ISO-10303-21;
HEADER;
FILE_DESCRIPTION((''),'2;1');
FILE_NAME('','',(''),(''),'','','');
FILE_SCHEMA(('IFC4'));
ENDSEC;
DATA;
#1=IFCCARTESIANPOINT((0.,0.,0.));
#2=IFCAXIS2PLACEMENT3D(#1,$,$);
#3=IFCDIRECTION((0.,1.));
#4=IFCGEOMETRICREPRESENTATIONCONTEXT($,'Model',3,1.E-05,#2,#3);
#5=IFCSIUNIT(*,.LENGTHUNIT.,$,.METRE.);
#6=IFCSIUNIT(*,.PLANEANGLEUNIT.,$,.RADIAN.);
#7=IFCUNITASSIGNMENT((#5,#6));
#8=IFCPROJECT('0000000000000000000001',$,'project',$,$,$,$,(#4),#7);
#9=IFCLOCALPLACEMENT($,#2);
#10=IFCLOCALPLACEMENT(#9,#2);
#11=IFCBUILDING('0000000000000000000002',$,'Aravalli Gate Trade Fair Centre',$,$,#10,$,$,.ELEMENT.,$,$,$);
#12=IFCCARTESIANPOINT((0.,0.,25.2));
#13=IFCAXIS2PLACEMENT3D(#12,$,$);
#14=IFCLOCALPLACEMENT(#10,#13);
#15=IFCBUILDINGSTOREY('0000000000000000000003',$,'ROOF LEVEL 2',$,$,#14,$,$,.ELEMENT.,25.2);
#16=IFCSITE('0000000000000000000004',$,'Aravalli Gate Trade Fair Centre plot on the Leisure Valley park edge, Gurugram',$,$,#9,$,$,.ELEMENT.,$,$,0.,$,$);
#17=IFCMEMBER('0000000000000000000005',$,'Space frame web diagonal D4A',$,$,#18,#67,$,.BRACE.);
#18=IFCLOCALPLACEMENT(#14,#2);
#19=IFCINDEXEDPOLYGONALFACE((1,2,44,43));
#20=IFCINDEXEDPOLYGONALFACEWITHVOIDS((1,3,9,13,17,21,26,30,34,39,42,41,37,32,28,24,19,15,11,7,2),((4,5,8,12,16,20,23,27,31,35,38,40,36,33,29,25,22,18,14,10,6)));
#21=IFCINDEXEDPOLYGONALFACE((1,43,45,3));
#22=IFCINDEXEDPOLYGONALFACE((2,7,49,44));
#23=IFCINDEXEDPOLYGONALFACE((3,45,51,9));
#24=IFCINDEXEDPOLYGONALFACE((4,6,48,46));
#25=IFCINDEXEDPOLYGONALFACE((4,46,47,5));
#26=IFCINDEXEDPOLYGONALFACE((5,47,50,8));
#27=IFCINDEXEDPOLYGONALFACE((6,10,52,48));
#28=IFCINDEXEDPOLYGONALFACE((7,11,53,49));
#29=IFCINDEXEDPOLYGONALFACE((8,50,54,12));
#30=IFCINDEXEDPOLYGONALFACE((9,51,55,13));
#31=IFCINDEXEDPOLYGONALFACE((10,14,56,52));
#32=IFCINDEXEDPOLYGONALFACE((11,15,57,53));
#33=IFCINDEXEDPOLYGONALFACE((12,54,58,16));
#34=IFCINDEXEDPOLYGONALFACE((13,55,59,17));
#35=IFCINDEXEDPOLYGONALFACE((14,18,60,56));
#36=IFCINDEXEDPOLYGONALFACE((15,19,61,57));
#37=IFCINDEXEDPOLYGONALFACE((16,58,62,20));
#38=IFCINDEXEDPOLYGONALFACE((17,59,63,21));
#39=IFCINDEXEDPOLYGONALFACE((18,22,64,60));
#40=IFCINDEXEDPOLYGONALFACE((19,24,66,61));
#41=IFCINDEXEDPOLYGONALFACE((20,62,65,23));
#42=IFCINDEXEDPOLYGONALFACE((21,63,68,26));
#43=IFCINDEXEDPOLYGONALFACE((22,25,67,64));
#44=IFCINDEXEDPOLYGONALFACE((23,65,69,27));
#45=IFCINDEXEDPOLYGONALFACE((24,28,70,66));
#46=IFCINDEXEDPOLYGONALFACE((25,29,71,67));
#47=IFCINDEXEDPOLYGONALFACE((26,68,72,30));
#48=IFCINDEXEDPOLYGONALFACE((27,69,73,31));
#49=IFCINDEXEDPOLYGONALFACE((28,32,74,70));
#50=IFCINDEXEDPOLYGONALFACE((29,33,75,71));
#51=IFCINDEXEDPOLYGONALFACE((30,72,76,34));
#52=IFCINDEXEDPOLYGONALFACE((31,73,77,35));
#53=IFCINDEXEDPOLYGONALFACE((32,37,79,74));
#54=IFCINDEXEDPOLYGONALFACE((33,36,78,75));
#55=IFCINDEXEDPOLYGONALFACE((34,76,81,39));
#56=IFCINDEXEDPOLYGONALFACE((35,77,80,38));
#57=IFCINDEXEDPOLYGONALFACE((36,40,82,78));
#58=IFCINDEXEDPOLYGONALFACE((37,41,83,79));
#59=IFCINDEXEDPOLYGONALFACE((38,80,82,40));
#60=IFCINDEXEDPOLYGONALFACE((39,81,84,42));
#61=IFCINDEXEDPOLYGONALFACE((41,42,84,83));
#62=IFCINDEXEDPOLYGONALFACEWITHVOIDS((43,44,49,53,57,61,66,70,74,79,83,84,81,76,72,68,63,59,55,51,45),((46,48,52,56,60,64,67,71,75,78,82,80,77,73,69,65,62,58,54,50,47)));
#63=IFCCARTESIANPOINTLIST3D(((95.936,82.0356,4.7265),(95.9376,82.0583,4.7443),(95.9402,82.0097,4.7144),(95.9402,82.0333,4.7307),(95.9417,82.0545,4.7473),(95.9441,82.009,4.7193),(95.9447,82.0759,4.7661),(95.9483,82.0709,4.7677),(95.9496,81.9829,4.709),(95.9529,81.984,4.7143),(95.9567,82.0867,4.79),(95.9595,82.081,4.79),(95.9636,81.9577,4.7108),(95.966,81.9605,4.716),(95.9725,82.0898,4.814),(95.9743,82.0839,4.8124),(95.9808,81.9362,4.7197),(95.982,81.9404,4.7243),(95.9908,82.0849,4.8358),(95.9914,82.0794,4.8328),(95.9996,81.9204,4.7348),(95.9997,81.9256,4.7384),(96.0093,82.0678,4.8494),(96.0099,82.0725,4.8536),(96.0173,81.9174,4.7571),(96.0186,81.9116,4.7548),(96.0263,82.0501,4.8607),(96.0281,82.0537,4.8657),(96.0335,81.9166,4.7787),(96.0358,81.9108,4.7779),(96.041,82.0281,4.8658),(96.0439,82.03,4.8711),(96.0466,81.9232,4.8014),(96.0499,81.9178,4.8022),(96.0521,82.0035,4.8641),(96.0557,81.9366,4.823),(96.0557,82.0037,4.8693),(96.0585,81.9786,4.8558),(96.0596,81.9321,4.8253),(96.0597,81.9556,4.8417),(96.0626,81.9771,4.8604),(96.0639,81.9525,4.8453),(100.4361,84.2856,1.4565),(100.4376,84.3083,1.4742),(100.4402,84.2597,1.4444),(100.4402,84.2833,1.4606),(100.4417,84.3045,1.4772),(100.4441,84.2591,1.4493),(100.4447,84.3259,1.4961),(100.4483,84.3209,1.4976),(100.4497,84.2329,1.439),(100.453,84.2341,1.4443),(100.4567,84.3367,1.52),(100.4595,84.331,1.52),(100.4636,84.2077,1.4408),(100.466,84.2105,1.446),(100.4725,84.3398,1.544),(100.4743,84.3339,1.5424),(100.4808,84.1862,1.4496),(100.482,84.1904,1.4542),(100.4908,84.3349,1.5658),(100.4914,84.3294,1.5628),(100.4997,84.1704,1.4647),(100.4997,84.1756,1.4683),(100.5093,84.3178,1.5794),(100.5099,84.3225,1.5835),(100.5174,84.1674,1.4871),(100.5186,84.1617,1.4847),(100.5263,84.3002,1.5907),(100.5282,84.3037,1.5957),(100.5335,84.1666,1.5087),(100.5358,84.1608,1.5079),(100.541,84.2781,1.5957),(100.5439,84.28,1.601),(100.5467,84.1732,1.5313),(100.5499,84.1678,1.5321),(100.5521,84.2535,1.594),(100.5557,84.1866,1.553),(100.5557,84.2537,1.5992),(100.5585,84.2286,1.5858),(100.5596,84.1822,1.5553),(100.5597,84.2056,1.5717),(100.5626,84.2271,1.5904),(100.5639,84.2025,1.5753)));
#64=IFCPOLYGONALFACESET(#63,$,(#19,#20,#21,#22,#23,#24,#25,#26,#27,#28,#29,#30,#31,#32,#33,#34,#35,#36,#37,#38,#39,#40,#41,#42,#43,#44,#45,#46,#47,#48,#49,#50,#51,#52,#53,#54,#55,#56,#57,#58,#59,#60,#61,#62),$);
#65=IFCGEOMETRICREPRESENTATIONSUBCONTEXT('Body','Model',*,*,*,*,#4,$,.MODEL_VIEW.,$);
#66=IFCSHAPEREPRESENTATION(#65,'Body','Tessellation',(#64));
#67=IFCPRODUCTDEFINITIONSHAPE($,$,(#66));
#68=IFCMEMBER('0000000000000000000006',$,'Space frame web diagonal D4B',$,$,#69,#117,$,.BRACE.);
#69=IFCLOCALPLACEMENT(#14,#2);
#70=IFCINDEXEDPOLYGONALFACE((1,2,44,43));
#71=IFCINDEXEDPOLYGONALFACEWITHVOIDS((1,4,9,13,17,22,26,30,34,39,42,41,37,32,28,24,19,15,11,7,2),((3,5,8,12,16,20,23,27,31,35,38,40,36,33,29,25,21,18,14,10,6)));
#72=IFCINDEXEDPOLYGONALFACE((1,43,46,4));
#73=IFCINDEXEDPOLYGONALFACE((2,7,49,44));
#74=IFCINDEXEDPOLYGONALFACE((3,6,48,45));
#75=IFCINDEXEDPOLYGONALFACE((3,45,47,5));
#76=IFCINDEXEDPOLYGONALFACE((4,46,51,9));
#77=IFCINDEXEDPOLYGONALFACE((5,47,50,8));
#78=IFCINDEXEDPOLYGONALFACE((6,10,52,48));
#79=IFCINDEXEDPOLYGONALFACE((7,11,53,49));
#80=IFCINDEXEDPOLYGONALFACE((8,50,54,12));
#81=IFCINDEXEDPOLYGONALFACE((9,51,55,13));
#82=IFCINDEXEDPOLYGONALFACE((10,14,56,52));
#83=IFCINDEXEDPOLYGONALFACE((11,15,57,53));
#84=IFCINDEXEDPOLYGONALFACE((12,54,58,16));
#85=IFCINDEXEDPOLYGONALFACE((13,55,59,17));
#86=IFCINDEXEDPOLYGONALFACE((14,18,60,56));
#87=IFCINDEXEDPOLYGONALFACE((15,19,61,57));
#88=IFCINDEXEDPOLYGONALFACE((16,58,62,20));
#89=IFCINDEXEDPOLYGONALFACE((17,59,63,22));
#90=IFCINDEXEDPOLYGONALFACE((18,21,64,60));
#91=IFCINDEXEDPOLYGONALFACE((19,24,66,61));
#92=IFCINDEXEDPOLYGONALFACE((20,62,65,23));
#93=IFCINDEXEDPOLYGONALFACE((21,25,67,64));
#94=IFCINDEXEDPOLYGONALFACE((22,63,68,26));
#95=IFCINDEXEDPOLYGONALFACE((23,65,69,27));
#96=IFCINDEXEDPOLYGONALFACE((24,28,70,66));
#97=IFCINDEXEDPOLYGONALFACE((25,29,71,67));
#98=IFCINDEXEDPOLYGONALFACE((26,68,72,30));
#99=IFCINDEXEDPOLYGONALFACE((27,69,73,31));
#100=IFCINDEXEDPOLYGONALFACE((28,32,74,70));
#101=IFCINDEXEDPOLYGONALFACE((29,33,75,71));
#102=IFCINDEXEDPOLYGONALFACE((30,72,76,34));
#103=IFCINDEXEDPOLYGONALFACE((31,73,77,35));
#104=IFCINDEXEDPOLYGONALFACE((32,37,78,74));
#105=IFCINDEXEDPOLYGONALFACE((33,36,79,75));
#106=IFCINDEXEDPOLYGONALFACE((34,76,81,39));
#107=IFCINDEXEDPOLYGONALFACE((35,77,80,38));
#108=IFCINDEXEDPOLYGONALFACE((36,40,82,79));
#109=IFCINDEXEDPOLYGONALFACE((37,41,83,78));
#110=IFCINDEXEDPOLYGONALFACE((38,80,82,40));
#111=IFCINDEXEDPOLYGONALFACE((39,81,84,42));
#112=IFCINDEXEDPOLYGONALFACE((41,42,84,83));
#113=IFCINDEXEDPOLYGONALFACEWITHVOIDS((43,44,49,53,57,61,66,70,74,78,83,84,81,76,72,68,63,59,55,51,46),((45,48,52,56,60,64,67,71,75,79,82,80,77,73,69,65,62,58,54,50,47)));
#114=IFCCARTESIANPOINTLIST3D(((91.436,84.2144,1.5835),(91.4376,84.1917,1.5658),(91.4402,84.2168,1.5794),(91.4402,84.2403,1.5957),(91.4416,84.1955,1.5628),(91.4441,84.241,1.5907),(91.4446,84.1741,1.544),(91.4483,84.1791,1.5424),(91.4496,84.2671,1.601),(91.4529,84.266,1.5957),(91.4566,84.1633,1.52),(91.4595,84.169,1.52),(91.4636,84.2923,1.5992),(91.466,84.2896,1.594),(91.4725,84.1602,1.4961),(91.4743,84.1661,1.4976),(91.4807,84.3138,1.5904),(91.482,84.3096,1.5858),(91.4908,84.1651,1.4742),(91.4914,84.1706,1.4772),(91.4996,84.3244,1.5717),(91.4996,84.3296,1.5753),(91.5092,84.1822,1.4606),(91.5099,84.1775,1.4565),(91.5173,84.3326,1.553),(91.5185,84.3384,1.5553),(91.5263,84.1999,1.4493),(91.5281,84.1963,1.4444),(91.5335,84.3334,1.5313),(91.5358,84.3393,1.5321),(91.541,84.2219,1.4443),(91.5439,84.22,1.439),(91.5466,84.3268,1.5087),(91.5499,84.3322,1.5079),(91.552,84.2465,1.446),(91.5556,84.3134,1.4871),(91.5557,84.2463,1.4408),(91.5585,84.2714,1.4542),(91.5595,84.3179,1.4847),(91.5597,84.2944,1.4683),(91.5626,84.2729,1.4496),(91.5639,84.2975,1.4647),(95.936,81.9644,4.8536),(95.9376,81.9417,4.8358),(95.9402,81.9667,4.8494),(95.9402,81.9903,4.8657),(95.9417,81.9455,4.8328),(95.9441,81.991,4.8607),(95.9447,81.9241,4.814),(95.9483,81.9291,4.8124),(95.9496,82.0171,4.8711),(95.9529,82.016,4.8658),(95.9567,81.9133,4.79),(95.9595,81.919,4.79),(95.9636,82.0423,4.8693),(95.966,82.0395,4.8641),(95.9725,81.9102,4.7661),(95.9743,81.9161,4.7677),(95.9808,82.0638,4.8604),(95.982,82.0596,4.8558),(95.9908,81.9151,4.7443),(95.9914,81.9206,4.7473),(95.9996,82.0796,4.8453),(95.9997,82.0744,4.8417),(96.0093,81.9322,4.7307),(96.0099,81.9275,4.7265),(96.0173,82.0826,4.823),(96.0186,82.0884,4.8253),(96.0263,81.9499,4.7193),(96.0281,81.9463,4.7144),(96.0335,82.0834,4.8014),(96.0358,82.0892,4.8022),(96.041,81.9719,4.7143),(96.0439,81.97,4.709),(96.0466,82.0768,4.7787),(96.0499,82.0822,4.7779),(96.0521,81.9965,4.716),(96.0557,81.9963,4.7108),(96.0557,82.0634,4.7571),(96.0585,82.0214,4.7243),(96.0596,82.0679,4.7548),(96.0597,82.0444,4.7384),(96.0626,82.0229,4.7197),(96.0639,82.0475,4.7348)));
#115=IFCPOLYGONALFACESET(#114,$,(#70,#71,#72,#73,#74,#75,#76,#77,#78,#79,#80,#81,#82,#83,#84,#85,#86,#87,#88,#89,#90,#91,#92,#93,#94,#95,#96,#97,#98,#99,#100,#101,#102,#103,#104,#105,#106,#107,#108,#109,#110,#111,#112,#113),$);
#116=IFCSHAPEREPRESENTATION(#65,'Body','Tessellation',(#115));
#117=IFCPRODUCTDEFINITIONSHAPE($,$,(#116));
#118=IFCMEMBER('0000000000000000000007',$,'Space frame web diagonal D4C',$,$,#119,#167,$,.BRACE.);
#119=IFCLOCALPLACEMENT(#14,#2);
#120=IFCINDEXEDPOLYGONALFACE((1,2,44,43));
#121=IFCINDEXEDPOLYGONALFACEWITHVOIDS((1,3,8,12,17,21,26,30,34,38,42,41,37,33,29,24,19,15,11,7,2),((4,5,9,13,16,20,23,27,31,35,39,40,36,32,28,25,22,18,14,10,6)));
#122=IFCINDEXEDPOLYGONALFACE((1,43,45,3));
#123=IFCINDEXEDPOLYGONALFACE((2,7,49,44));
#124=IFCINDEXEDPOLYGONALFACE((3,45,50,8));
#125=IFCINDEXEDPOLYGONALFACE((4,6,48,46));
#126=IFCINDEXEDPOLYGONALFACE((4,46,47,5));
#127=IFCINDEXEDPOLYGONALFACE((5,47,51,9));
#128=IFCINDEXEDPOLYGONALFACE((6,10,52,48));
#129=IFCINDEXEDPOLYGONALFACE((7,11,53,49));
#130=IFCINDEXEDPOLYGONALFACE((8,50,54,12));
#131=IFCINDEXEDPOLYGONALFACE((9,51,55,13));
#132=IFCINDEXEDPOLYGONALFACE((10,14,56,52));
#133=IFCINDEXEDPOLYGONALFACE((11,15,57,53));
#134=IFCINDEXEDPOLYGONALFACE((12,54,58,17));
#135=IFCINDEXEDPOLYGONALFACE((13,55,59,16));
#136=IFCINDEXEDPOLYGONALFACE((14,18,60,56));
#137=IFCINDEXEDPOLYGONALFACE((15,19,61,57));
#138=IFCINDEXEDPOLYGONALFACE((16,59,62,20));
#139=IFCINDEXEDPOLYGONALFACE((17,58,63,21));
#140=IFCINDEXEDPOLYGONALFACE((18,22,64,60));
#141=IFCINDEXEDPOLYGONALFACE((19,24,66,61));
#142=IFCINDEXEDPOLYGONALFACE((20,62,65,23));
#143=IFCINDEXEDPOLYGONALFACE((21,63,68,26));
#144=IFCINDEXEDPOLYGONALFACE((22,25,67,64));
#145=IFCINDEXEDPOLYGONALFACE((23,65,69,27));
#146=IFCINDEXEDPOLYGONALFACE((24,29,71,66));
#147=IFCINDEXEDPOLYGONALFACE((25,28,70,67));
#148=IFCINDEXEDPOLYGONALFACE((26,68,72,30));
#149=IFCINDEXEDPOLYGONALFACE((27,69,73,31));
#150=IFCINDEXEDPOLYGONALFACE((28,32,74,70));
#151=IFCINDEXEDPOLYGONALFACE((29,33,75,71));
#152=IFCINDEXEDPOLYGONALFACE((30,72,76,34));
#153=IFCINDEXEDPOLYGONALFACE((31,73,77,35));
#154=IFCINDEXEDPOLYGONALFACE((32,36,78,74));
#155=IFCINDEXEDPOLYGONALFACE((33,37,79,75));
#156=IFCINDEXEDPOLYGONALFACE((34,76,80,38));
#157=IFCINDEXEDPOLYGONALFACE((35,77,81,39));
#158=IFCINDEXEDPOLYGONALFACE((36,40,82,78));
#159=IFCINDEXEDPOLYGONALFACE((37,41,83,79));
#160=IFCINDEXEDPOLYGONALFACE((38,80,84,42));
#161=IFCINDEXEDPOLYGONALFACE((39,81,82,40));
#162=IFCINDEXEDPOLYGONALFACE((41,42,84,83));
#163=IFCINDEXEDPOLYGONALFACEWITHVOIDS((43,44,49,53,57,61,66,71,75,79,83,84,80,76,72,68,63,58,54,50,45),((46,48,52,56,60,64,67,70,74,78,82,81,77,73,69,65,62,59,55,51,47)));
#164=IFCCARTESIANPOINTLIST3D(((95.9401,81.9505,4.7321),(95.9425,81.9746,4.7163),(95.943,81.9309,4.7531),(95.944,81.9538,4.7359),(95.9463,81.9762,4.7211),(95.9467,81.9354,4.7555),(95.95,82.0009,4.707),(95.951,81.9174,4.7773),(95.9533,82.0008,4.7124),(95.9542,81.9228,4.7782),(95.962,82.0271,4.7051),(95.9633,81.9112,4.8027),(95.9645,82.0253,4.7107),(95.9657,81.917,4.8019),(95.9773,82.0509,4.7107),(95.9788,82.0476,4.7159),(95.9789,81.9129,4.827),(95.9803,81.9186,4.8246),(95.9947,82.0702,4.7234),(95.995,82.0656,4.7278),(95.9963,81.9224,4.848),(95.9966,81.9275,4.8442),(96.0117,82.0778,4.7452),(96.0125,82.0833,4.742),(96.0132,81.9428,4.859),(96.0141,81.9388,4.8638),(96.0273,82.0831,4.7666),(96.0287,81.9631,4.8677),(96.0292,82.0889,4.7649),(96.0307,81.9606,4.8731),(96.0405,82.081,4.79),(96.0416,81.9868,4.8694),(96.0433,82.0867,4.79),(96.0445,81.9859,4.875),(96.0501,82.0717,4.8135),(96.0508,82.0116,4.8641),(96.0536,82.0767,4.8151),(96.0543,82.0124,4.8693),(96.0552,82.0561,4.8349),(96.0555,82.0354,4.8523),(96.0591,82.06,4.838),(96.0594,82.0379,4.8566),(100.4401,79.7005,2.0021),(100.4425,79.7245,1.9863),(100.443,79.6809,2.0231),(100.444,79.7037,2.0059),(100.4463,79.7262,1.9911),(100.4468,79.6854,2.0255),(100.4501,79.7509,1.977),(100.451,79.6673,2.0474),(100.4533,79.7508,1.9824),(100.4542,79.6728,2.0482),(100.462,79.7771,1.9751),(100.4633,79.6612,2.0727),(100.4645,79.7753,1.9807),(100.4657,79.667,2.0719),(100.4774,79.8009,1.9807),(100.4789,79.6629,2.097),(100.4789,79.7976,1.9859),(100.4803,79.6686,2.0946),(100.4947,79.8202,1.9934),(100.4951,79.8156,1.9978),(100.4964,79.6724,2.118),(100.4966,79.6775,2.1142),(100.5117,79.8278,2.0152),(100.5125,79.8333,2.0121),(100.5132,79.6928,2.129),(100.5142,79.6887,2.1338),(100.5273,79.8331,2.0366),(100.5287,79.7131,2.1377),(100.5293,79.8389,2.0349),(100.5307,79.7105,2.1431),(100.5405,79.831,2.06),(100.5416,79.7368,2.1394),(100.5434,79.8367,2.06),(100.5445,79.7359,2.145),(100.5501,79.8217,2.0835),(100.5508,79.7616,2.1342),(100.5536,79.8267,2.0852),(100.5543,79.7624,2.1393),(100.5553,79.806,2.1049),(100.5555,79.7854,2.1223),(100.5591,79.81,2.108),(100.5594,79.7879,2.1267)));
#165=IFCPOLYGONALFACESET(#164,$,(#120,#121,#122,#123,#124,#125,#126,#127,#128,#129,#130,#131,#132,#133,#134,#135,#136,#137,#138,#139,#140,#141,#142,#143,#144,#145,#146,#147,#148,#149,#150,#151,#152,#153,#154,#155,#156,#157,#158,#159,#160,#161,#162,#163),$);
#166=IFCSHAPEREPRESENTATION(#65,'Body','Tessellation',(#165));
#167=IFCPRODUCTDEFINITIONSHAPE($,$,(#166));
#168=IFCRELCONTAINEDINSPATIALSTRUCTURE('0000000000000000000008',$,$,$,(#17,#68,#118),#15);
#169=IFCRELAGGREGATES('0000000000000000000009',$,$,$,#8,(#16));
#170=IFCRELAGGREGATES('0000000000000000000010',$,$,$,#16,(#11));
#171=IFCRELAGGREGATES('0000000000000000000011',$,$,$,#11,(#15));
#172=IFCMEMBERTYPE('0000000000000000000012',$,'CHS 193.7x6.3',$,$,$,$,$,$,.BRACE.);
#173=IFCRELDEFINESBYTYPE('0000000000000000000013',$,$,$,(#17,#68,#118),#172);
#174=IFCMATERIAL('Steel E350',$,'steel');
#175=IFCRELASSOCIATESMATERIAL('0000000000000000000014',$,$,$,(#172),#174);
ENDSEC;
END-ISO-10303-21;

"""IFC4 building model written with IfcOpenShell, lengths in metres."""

from ifc_helpers import new_model, si_unit, direction, frame, origin, origin_2d, place, context, subcontext, project, spatial, hollow_circle, extrude, material, material_profile, profile_set, type_object, element, save


model = new_model("IFC4")

# Units and contexts
model_context = context("Model", 3, precision=1e-05, world=origin(), true_north=direction((0.0, 1.0)))
body_context = subcontext(model_context, "Body", "Model", "MODEL_VIEW")
ifc_project = project(units=[si_unit("LENGTHUNIT", "METRE"), si_unit("PLANEANGLEUNIT", "RADIAN")], contexts=[model_context])

# Site, building, storey
site_placement = place(None, origin())
site = spatial("IfcSite", under=ifc_project, at=site_placement, Name="Aravalli Gate Trade Fair Centre plot on the Leisure Valley park edge, Gurugram", CompositionType="ELEMENT", RefElevation=0.0)
building_placement = place(site_placement, origin())
building = spatial("IfcBuilding", under=site, at=building_placement, Name="Aravalli Gate Trade Fair Centre", CompositionType="ELEMENT")
storey_placement = place(building_placement, frame((0.0, 0.0, 25.2)))
storey = spatial("IfcBuildingStorey", under=building, at=storey_placement, Name="ROOF LEVEL 2", CompositionType="ELEMENT", Elevation=25.2)

# Members
ifc_material_1 = material(Name="Steel E350", Category="steel")
ifc_material_profile_1 = material_profile(ifc_material_1, hollow_circle(Radius=0.0969, WallThickness=0.0063, at=origin_2d()), Name="CHS 193.7x6.3")
ifc_profile_set_1 = profile_set([ifc_material_profile_1], Name="Steel E350")
member_type_1 = type_object("IfcMemberType", Name="CHS 193.7x6.3", PredefinedType="BRACE", material=ifc_profile_set_1)
for number, where, z_axis, x_axis, name in (
    (1, (96.0, 82.0, 4.79), (0.749942, 0.374971, -0.544961), (-0.447214, 0.894427, 0.0), "Space frame web diagonal D4A"),
    (2, (96.0, 82.0, 4.79), (-0.749942, 0.374971, -0.544961), (-0.447214, -0.894427, 0.0), "Space frame web diagonal D4B"),
):
    element("IfcMember", number, at=place(storey_placement, frame(where, z_axis=z_axis, x_axis=x_axis)), inside=storey, type_object=member_type_1, Name=name, PredefinedType="BRACE", context=body_context, shape_type="SweptSolid", body=[
        extrude(hollow_circle(Radius=0.0969, WallThickness=0.0063, at=origin_2d()), origin(), (0.0, 0.0, 1.0), 6.0005),
    ])
for number, where, z_axis, x_axis, name in (
    (3, (96.0, 82.0, 4.79), (0.78615, -0.393075, -0.476928), (0.447214, 0.894427, 0.0), "Space frame web diagonal D4C"),
):
    element("IfcMember", number, at=place(storey_placement, frame(where, z_axis=z_axis, x_axis=x_axis)), inside=storey, type_object=member_type_1, Name=name, PredefinedType="BRACE", context=body_context, shape_type="SweptSolid", body=[
        extrude(hollow_circle(Radius=0.0969, WallThickness=0.0063, at=origin_2d()), origin(), (0.0, 0.0, 1.0), 5.7241),
    ])

save(model, "model.ifc")
